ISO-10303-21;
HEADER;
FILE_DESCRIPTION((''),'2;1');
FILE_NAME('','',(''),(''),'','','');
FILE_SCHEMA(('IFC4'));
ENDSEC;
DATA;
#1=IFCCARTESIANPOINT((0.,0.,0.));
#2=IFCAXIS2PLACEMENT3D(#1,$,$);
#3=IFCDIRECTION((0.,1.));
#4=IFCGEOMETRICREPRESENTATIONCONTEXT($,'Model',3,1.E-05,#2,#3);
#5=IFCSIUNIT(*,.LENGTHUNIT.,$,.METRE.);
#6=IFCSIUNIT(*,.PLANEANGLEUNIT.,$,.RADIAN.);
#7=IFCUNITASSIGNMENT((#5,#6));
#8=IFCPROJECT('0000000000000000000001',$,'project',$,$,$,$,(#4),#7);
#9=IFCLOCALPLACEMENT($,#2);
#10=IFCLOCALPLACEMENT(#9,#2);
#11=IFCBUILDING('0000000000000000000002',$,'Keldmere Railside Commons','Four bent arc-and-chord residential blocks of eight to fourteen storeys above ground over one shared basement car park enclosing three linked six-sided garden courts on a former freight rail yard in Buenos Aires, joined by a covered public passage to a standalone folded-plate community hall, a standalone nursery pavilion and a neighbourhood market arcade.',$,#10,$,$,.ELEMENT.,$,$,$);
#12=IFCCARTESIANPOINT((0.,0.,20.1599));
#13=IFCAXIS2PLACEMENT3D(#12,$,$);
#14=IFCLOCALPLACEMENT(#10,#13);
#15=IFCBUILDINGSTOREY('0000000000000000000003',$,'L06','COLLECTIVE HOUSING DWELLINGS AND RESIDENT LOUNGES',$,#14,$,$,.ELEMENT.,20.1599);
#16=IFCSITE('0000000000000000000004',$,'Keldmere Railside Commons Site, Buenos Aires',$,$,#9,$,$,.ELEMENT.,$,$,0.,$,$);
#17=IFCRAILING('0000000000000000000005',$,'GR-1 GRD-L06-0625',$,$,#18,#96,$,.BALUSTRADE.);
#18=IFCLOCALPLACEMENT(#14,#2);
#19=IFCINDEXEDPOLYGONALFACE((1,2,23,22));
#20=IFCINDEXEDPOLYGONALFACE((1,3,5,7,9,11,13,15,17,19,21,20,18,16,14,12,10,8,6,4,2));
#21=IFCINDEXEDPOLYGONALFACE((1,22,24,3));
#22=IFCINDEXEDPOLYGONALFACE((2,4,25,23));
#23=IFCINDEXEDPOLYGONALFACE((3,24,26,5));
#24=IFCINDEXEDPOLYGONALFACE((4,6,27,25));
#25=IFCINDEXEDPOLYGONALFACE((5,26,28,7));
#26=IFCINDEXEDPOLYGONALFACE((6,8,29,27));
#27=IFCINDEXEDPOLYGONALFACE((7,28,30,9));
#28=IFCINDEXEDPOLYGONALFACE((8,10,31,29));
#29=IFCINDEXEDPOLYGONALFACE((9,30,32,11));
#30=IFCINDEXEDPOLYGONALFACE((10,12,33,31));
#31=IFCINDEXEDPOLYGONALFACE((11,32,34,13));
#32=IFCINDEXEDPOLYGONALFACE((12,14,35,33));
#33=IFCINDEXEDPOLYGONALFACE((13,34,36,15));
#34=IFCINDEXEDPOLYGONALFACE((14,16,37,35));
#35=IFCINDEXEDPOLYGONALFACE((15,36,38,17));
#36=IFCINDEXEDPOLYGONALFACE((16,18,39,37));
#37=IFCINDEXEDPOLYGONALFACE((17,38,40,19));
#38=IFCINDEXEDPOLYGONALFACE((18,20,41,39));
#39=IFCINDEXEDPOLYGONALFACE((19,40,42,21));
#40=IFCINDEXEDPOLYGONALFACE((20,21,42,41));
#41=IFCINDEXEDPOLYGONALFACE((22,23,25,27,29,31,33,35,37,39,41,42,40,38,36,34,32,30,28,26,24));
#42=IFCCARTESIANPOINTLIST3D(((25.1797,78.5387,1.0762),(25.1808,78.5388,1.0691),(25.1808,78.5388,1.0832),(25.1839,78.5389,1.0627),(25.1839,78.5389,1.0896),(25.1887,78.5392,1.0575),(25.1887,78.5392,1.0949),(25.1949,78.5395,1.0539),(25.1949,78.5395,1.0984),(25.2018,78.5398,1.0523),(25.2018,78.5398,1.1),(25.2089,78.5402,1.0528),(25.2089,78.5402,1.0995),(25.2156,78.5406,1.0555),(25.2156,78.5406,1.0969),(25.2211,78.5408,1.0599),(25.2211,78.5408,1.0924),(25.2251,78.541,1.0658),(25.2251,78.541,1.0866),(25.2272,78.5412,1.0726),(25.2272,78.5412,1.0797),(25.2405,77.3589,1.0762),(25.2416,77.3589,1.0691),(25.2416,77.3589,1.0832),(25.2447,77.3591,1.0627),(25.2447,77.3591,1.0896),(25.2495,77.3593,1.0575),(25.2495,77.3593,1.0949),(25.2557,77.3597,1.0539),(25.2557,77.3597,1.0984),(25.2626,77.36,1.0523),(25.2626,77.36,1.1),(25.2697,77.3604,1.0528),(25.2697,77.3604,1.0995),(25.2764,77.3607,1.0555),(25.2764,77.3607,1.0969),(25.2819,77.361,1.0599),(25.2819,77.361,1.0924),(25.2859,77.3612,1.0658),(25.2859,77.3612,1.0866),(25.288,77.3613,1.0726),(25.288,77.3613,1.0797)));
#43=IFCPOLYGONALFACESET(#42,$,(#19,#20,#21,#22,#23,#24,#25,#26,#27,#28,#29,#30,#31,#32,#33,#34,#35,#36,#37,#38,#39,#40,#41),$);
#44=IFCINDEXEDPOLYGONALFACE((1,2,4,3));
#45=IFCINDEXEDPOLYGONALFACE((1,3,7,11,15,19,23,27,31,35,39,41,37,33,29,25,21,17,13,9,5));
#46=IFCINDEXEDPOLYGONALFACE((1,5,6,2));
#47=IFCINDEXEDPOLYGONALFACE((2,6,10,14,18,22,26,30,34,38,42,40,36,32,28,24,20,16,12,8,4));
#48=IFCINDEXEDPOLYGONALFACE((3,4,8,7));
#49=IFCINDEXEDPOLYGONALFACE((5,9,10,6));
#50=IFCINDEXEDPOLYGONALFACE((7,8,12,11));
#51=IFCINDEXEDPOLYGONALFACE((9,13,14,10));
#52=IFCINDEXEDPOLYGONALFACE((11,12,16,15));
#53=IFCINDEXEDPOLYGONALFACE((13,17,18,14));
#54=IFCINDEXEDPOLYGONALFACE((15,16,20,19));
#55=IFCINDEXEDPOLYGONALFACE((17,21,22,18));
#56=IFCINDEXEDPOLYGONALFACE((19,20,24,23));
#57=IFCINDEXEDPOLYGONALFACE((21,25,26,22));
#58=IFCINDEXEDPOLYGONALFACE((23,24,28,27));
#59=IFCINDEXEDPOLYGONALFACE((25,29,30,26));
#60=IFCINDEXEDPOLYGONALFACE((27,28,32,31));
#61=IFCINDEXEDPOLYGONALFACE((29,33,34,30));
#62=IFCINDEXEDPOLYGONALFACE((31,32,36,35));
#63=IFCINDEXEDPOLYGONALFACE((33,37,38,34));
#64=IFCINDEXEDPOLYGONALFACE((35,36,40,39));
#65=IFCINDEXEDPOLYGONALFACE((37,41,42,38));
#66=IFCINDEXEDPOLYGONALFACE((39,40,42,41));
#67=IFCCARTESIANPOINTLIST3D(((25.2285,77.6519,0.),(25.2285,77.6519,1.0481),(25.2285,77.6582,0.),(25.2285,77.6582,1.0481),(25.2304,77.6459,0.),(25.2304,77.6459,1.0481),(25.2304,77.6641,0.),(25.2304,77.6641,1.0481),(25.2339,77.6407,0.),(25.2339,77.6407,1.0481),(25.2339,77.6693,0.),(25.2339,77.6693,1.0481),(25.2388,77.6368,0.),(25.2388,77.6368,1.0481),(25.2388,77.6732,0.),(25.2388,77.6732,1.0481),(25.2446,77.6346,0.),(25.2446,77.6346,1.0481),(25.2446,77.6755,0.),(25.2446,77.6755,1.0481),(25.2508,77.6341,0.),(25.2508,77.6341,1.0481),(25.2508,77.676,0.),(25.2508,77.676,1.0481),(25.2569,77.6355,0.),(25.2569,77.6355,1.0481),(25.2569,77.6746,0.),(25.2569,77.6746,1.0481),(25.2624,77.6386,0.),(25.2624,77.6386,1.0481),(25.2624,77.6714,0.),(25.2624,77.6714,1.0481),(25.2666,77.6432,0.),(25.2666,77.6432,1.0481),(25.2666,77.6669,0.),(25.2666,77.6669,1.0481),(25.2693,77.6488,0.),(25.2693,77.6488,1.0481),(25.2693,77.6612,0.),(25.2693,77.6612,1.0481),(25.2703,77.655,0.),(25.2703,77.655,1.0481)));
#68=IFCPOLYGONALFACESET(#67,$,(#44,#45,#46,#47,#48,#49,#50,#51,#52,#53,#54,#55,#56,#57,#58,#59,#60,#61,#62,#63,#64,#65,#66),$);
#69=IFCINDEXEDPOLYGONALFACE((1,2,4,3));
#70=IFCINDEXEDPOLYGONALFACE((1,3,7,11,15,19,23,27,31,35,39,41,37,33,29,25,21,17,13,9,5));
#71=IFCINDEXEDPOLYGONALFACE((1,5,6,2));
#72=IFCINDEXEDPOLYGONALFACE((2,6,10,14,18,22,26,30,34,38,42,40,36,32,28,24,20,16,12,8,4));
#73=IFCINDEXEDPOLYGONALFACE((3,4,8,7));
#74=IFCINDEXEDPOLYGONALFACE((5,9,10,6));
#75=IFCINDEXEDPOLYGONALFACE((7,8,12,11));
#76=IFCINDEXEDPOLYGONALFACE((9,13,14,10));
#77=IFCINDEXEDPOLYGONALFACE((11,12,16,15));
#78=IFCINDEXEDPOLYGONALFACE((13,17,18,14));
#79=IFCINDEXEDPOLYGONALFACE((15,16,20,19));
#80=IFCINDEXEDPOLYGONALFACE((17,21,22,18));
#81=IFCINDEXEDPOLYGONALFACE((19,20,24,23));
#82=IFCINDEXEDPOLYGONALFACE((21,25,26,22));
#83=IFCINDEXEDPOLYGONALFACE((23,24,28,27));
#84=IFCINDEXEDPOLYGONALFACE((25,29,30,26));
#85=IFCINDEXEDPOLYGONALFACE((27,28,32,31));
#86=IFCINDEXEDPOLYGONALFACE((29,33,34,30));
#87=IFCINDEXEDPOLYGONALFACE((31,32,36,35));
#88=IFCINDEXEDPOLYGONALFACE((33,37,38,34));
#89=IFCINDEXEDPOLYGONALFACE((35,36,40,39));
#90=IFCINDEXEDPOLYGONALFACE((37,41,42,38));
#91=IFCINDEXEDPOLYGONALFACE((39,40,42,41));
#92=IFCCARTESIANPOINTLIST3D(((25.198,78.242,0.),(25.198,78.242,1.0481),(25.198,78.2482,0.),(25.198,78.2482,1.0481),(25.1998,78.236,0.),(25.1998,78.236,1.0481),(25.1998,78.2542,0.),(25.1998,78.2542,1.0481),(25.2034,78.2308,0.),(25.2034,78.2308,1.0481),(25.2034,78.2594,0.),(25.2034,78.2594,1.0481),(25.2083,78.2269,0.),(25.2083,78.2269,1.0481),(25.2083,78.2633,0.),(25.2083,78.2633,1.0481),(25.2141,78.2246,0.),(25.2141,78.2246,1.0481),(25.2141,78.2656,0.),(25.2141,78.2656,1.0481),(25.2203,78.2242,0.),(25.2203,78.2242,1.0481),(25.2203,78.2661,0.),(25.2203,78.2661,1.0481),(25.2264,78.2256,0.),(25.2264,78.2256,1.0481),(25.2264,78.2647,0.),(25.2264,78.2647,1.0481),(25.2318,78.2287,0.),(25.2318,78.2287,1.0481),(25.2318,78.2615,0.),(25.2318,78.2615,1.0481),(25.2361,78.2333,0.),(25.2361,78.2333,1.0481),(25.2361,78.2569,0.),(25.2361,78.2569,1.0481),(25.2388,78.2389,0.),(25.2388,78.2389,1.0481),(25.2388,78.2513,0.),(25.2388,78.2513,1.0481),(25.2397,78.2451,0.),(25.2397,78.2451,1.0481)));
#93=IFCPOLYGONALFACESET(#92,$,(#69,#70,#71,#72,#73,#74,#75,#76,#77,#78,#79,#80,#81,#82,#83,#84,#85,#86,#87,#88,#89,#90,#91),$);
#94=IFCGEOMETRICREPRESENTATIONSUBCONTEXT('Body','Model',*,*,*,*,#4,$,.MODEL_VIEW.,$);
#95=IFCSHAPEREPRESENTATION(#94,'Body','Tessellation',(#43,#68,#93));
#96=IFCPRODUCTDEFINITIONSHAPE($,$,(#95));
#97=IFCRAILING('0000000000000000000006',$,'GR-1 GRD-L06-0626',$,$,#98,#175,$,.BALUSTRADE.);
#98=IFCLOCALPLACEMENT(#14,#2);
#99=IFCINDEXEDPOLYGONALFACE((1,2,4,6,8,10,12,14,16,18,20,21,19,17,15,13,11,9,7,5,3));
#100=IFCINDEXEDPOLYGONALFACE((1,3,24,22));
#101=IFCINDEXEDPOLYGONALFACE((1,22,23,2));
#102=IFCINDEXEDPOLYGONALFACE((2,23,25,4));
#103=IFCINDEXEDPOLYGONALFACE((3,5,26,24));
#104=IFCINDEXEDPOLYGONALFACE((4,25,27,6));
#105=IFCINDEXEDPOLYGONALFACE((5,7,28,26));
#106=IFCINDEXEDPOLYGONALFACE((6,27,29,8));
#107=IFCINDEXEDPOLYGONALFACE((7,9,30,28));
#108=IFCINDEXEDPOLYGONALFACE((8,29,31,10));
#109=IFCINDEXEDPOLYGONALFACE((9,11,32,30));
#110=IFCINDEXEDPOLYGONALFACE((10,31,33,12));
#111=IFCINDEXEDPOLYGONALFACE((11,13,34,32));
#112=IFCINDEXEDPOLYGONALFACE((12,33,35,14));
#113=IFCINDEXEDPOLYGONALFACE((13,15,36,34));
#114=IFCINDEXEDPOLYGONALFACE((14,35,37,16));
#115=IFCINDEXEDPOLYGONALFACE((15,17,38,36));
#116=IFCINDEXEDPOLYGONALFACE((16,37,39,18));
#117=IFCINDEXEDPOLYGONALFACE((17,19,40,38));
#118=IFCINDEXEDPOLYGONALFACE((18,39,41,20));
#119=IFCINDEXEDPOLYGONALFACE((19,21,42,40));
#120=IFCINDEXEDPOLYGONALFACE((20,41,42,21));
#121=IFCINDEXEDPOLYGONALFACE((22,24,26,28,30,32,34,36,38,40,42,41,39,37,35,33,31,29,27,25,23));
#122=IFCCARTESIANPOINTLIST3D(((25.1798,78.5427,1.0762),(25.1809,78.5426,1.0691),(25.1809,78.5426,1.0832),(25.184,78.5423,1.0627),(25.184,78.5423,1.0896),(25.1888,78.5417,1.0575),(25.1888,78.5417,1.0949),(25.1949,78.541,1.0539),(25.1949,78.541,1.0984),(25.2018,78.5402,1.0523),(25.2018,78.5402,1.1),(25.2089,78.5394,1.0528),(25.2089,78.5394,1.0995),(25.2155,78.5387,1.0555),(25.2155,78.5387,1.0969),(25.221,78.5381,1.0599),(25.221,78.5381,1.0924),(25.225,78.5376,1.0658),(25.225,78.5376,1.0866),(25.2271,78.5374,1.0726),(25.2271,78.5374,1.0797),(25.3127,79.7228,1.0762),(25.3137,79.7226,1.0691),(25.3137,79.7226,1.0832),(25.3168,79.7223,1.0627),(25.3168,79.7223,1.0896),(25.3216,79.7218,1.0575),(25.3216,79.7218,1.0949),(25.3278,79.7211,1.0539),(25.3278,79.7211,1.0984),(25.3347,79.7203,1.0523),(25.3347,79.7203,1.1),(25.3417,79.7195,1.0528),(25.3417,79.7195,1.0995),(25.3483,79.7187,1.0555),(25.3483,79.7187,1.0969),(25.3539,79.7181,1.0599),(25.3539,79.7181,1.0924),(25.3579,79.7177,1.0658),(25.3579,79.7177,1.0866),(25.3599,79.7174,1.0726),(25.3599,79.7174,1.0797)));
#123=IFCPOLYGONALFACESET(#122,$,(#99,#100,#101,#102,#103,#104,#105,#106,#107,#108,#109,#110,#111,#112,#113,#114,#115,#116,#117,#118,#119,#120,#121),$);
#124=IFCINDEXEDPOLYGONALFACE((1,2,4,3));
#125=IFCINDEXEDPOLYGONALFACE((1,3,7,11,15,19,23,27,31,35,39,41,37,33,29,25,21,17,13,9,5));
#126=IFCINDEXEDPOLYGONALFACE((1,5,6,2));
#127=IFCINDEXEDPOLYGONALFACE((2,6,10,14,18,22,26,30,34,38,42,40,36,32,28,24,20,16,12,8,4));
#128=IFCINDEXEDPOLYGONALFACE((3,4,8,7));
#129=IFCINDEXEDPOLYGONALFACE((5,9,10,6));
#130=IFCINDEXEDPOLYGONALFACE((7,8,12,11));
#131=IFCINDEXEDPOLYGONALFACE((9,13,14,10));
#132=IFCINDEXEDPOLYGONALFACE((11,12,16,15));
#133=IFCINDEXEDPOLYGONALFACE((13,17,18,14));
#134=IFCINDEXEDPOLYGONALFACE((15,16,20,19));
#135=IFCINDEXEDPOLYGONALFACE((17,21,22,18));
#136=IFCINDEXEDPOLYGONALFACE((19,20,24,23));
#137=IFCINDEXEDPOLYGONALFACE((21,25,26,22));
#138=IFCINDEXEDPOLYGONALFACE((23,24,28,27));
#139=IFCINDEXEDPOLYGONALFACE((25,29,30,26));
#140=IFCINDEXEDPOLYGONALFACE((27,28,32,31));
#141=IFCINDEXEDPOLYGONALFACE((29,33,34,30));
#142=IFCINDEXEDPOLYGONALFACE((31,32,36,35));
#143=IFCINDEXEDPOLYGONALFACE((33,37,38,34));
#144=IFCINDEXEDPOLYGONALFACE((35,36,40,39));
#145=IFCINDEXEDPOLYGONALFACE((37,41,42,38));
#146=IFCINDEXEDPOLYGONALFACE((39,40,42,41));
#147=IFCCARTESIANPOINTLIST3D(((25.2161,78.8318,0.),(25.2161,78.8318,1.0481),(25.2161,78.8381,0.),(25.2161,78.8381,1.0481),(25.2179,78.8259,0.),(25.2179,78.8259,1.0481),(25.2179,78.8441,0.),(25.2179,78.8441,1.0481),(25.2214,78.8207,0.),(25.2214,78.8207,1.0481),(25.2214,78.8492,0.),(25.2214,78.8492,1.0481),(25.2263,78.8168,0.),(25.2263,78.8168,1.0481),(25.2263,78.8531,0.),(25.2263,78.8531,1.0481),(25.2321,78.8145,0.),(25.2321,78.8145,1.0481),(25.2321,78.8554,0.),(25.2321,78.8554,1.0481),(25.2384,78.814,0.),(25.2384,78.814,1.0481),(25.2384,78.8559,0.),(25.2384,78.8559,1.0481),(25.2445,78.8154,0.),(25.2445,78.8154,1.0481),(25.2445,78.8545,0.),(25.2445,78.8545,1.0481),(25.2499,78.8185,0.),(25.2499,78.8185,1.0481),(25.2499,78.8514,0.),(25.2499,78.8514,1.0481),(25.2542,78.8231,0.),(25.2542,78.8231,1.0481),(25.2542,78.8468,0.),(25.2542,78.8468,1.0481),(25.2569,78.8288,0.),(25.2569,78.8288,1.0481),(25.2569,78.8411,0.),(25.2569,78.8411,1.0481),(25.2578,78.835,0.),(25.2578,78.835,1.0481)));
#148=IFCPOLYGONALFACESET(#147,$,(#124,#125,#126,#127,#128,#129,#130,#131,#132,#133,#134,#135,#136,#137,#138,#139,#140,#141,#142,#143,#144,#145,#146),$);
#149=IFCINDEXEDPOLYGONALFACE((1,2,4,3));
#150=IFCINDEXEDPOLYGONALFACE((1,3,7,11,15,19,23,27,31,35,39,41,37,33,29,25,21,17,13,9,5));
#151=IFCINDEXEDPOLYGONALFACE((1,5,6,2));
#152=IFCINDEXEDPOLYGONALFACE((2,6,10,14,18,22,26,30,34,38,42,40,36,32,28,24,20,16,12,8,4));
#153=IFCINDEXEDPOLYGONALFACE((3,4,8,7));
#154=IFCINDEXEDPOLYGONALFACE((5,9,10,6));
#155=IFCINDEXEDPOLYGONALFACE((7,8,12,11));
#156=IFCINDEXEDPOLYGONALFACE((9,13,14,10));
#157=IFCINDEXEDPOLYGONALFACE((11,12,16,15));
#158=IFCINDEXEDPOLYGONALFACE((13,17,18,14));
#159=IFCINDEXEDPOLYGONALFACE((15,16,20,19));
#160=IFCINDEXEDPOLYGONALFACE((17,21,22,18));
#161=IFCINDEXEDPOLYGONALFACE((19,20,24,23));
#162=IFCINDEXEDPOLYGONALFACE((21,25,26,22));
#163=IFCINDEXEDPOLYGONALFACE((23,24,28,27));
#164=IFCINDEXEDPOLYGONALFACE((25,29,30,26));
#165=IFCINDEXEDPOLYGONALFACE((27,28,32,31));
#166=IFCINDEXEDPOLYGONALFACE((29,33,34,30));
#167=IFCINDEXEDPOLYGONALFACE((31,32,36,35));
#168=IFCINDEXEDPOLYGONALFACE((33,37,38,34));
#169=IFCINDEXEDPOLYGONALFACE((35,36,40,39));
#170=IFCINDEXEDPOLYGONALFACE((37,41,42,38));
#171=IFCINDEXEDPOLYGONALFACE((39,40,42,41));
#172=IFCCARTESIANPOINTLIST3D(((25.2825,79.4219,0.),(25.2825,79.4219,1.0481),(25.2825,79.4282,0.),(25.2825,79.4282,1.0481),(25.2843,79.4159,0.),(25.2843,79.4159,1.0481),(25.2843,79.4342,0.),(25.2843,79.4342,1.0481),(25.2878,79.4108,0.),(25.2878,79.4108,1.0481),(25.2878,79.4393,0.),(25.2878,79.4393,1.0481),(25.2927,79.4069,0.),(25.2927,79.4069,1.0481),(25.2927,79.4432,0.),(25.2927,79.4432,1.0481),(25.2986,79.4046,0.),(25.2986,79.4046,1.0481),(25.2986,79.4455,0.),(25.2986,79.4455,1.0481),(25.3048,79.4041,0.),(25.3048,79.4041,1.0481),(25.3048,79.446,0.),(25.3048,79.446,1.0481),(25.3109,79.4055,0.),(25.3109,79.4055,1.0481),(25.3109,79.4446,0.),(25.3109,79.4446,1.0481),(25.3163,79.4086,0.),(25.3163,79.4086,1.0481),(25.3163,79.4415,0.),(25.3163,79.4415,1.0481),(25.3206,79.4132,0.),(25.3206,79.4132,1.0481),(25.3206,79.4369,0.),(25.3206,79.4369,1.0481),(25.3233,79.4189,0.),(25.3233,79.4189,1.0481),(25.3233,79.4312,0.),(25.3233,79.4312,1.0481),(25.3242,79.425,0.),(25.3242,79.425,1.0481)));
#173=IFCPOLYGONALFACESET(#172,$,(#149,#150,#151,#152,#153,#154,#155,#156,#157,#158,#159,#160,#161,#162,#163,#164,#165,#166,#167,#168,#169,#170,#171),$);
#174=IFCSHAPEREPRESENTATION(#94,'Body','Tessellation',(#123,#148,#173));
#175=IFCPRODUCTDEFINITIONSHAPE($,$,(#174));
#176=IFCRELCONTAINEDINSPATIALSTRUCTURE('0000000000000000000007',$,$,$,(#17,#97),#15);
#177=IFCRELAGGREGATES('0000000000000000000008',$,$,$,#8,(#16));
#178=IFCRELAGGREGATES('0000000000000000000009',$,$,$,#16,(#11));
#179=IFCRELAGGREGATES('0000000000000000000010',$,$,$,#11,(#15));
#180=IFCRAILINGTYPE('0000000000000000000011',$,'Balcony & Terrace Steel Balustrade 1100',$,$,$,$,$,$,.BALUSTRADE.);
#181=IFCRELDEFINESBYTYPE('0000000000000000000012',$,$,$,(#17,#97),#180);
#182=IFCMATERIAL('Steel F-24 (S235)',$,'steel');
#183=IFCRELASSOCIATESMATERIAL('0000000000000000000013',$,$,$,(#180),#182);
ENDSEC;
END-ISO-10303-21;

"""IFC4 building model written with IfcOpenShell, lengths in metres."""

from ifc_helpers import new_model, si_unit, direction, frame, origin, origin_2d, place, context, subcontext, project, spatial, circle, extrude, material, type_object, element, save


model = new_model("IFC4")

# Units and contexts
model_context = context("Model", 3, precision=1e-05, world=origin(), true_north=direction((0.0, 1.0)))
body_context = subcontext(model_context, "Body", "Model", "MODEL_VIEW")
ifc_project = project(units=[si_unit("LENGTHUNIT", "METRE"), si_unit("PLANEANGLEUNIT", "RADIAN")], contexts=[model_context])

# Site, building, storey
site_placement = place(None, origin())
site = spatial("IfcSite", under=ifc_project, at=site_placement, Name="Keldmere Railside Commons Site, Buenos Aires", CompositionType="ELEMENT", RefElevation=0.0)
building_placement = place(site_placement, origin())
building = spatial("IfcBuilding", under=site, at=building_placement, Name="Keldmere Railside Commons", Description="Four bent arc-and-chord residential blocks of eight to fourteen storeys above ground over one shared basement car park enclosing three linked six-sided garden courts on a former freight rail yard in Buenos Aires, joined by a covered public passage to a standalone folded-plate community hall, a standalone nursery pavilion and a neighbourhood market arcade.", CompositionType="ELEMENT")
storey_placement = place(building_placement, frame((0.0, 0.0, 20.1599)))
storey = spatial("IfcBuildingStorey", under=building, at=storey_placement, Name="L06", Description="COLLECTIVE HOUSING DWELLINGS AND RESIDENT LOUNGES", CompositionType="ELEMENT", Elevation=20.1599)

# Railings
ifc_material_1 = material(Name="Steel F-24 (S235)", Category="steel")
railing_type = type_object("IfcRailingType", Name="Balcony & Terrace Steel Balustrade 1100", PredefinedType="BALUSTRADE", material=ifc_material_1)
railing_1_placement = place(storey_placement, frame((25.2644, 77.3601, 0.0)))
element("IfcRailing", 1, at=railing_1_placement, inside=storey, type_object=railing_type, Name="GR-1 GRD-L06-0625", PredefinedType="BALUSTRADE", context=body_context, shape_type="SweptSolid", body=[
    extrude(circle(Radius=0.0239, at=origin_2d()), frame((0.0, 0.0, 1.0762), z_axis=(-0.051453, 0.998675, 0.0), x_axis=(-0.998675, -0.051453, 0.0)), (0.0, 0.0, 1.0), 1.1814),
    extrude(circle(Radius=0.021, at=origin_2d()), frame((-0.0151, 0.2949, 0.0)), (0.0, 0.0, 1.0), 1.0481),
    extrude(circle(Radius=0.021, at=origin_2d()), frame((-0.0457, 0.885, 0.0)), (0.0, 0.0, 1.0), 1.0481),
])
railing_2_placement = place(storey_placement, frame((25.2036, 78.54, 0.0)))
element("IfcRailing", 2, at=railing_2_placement, inside=storey, type_object=railing_type, Name="GR-1 GRD-L06-0626", PredefinedType="BALUSTRADE", context=body_context, shape_type="SweptSolid", body=[
    extrude(circle(Radius=0.0239, at=origin_2d()), frame((0.0, 0.0, 1.0762), z_axis=(0.111853, 0.993725, 0.0), x_axis=(-0.993725, 0.111853, 0.0)), (0.0, 0.0, 1.0), 1.1875),
    extrude(circle(Radius=0.021, at=origin_2d()), frame((0.0332, 0.2949, 0.0)), (0.0, 0.0, 1.0), 1.0481),
    extrude(circle(Radius=0.021, at=origin_2d()), frame((0.0996, 0.885, 0.0)), (0.0, 0.0, 1.0), 1.0481),
])

save(model, "model.ifc")
